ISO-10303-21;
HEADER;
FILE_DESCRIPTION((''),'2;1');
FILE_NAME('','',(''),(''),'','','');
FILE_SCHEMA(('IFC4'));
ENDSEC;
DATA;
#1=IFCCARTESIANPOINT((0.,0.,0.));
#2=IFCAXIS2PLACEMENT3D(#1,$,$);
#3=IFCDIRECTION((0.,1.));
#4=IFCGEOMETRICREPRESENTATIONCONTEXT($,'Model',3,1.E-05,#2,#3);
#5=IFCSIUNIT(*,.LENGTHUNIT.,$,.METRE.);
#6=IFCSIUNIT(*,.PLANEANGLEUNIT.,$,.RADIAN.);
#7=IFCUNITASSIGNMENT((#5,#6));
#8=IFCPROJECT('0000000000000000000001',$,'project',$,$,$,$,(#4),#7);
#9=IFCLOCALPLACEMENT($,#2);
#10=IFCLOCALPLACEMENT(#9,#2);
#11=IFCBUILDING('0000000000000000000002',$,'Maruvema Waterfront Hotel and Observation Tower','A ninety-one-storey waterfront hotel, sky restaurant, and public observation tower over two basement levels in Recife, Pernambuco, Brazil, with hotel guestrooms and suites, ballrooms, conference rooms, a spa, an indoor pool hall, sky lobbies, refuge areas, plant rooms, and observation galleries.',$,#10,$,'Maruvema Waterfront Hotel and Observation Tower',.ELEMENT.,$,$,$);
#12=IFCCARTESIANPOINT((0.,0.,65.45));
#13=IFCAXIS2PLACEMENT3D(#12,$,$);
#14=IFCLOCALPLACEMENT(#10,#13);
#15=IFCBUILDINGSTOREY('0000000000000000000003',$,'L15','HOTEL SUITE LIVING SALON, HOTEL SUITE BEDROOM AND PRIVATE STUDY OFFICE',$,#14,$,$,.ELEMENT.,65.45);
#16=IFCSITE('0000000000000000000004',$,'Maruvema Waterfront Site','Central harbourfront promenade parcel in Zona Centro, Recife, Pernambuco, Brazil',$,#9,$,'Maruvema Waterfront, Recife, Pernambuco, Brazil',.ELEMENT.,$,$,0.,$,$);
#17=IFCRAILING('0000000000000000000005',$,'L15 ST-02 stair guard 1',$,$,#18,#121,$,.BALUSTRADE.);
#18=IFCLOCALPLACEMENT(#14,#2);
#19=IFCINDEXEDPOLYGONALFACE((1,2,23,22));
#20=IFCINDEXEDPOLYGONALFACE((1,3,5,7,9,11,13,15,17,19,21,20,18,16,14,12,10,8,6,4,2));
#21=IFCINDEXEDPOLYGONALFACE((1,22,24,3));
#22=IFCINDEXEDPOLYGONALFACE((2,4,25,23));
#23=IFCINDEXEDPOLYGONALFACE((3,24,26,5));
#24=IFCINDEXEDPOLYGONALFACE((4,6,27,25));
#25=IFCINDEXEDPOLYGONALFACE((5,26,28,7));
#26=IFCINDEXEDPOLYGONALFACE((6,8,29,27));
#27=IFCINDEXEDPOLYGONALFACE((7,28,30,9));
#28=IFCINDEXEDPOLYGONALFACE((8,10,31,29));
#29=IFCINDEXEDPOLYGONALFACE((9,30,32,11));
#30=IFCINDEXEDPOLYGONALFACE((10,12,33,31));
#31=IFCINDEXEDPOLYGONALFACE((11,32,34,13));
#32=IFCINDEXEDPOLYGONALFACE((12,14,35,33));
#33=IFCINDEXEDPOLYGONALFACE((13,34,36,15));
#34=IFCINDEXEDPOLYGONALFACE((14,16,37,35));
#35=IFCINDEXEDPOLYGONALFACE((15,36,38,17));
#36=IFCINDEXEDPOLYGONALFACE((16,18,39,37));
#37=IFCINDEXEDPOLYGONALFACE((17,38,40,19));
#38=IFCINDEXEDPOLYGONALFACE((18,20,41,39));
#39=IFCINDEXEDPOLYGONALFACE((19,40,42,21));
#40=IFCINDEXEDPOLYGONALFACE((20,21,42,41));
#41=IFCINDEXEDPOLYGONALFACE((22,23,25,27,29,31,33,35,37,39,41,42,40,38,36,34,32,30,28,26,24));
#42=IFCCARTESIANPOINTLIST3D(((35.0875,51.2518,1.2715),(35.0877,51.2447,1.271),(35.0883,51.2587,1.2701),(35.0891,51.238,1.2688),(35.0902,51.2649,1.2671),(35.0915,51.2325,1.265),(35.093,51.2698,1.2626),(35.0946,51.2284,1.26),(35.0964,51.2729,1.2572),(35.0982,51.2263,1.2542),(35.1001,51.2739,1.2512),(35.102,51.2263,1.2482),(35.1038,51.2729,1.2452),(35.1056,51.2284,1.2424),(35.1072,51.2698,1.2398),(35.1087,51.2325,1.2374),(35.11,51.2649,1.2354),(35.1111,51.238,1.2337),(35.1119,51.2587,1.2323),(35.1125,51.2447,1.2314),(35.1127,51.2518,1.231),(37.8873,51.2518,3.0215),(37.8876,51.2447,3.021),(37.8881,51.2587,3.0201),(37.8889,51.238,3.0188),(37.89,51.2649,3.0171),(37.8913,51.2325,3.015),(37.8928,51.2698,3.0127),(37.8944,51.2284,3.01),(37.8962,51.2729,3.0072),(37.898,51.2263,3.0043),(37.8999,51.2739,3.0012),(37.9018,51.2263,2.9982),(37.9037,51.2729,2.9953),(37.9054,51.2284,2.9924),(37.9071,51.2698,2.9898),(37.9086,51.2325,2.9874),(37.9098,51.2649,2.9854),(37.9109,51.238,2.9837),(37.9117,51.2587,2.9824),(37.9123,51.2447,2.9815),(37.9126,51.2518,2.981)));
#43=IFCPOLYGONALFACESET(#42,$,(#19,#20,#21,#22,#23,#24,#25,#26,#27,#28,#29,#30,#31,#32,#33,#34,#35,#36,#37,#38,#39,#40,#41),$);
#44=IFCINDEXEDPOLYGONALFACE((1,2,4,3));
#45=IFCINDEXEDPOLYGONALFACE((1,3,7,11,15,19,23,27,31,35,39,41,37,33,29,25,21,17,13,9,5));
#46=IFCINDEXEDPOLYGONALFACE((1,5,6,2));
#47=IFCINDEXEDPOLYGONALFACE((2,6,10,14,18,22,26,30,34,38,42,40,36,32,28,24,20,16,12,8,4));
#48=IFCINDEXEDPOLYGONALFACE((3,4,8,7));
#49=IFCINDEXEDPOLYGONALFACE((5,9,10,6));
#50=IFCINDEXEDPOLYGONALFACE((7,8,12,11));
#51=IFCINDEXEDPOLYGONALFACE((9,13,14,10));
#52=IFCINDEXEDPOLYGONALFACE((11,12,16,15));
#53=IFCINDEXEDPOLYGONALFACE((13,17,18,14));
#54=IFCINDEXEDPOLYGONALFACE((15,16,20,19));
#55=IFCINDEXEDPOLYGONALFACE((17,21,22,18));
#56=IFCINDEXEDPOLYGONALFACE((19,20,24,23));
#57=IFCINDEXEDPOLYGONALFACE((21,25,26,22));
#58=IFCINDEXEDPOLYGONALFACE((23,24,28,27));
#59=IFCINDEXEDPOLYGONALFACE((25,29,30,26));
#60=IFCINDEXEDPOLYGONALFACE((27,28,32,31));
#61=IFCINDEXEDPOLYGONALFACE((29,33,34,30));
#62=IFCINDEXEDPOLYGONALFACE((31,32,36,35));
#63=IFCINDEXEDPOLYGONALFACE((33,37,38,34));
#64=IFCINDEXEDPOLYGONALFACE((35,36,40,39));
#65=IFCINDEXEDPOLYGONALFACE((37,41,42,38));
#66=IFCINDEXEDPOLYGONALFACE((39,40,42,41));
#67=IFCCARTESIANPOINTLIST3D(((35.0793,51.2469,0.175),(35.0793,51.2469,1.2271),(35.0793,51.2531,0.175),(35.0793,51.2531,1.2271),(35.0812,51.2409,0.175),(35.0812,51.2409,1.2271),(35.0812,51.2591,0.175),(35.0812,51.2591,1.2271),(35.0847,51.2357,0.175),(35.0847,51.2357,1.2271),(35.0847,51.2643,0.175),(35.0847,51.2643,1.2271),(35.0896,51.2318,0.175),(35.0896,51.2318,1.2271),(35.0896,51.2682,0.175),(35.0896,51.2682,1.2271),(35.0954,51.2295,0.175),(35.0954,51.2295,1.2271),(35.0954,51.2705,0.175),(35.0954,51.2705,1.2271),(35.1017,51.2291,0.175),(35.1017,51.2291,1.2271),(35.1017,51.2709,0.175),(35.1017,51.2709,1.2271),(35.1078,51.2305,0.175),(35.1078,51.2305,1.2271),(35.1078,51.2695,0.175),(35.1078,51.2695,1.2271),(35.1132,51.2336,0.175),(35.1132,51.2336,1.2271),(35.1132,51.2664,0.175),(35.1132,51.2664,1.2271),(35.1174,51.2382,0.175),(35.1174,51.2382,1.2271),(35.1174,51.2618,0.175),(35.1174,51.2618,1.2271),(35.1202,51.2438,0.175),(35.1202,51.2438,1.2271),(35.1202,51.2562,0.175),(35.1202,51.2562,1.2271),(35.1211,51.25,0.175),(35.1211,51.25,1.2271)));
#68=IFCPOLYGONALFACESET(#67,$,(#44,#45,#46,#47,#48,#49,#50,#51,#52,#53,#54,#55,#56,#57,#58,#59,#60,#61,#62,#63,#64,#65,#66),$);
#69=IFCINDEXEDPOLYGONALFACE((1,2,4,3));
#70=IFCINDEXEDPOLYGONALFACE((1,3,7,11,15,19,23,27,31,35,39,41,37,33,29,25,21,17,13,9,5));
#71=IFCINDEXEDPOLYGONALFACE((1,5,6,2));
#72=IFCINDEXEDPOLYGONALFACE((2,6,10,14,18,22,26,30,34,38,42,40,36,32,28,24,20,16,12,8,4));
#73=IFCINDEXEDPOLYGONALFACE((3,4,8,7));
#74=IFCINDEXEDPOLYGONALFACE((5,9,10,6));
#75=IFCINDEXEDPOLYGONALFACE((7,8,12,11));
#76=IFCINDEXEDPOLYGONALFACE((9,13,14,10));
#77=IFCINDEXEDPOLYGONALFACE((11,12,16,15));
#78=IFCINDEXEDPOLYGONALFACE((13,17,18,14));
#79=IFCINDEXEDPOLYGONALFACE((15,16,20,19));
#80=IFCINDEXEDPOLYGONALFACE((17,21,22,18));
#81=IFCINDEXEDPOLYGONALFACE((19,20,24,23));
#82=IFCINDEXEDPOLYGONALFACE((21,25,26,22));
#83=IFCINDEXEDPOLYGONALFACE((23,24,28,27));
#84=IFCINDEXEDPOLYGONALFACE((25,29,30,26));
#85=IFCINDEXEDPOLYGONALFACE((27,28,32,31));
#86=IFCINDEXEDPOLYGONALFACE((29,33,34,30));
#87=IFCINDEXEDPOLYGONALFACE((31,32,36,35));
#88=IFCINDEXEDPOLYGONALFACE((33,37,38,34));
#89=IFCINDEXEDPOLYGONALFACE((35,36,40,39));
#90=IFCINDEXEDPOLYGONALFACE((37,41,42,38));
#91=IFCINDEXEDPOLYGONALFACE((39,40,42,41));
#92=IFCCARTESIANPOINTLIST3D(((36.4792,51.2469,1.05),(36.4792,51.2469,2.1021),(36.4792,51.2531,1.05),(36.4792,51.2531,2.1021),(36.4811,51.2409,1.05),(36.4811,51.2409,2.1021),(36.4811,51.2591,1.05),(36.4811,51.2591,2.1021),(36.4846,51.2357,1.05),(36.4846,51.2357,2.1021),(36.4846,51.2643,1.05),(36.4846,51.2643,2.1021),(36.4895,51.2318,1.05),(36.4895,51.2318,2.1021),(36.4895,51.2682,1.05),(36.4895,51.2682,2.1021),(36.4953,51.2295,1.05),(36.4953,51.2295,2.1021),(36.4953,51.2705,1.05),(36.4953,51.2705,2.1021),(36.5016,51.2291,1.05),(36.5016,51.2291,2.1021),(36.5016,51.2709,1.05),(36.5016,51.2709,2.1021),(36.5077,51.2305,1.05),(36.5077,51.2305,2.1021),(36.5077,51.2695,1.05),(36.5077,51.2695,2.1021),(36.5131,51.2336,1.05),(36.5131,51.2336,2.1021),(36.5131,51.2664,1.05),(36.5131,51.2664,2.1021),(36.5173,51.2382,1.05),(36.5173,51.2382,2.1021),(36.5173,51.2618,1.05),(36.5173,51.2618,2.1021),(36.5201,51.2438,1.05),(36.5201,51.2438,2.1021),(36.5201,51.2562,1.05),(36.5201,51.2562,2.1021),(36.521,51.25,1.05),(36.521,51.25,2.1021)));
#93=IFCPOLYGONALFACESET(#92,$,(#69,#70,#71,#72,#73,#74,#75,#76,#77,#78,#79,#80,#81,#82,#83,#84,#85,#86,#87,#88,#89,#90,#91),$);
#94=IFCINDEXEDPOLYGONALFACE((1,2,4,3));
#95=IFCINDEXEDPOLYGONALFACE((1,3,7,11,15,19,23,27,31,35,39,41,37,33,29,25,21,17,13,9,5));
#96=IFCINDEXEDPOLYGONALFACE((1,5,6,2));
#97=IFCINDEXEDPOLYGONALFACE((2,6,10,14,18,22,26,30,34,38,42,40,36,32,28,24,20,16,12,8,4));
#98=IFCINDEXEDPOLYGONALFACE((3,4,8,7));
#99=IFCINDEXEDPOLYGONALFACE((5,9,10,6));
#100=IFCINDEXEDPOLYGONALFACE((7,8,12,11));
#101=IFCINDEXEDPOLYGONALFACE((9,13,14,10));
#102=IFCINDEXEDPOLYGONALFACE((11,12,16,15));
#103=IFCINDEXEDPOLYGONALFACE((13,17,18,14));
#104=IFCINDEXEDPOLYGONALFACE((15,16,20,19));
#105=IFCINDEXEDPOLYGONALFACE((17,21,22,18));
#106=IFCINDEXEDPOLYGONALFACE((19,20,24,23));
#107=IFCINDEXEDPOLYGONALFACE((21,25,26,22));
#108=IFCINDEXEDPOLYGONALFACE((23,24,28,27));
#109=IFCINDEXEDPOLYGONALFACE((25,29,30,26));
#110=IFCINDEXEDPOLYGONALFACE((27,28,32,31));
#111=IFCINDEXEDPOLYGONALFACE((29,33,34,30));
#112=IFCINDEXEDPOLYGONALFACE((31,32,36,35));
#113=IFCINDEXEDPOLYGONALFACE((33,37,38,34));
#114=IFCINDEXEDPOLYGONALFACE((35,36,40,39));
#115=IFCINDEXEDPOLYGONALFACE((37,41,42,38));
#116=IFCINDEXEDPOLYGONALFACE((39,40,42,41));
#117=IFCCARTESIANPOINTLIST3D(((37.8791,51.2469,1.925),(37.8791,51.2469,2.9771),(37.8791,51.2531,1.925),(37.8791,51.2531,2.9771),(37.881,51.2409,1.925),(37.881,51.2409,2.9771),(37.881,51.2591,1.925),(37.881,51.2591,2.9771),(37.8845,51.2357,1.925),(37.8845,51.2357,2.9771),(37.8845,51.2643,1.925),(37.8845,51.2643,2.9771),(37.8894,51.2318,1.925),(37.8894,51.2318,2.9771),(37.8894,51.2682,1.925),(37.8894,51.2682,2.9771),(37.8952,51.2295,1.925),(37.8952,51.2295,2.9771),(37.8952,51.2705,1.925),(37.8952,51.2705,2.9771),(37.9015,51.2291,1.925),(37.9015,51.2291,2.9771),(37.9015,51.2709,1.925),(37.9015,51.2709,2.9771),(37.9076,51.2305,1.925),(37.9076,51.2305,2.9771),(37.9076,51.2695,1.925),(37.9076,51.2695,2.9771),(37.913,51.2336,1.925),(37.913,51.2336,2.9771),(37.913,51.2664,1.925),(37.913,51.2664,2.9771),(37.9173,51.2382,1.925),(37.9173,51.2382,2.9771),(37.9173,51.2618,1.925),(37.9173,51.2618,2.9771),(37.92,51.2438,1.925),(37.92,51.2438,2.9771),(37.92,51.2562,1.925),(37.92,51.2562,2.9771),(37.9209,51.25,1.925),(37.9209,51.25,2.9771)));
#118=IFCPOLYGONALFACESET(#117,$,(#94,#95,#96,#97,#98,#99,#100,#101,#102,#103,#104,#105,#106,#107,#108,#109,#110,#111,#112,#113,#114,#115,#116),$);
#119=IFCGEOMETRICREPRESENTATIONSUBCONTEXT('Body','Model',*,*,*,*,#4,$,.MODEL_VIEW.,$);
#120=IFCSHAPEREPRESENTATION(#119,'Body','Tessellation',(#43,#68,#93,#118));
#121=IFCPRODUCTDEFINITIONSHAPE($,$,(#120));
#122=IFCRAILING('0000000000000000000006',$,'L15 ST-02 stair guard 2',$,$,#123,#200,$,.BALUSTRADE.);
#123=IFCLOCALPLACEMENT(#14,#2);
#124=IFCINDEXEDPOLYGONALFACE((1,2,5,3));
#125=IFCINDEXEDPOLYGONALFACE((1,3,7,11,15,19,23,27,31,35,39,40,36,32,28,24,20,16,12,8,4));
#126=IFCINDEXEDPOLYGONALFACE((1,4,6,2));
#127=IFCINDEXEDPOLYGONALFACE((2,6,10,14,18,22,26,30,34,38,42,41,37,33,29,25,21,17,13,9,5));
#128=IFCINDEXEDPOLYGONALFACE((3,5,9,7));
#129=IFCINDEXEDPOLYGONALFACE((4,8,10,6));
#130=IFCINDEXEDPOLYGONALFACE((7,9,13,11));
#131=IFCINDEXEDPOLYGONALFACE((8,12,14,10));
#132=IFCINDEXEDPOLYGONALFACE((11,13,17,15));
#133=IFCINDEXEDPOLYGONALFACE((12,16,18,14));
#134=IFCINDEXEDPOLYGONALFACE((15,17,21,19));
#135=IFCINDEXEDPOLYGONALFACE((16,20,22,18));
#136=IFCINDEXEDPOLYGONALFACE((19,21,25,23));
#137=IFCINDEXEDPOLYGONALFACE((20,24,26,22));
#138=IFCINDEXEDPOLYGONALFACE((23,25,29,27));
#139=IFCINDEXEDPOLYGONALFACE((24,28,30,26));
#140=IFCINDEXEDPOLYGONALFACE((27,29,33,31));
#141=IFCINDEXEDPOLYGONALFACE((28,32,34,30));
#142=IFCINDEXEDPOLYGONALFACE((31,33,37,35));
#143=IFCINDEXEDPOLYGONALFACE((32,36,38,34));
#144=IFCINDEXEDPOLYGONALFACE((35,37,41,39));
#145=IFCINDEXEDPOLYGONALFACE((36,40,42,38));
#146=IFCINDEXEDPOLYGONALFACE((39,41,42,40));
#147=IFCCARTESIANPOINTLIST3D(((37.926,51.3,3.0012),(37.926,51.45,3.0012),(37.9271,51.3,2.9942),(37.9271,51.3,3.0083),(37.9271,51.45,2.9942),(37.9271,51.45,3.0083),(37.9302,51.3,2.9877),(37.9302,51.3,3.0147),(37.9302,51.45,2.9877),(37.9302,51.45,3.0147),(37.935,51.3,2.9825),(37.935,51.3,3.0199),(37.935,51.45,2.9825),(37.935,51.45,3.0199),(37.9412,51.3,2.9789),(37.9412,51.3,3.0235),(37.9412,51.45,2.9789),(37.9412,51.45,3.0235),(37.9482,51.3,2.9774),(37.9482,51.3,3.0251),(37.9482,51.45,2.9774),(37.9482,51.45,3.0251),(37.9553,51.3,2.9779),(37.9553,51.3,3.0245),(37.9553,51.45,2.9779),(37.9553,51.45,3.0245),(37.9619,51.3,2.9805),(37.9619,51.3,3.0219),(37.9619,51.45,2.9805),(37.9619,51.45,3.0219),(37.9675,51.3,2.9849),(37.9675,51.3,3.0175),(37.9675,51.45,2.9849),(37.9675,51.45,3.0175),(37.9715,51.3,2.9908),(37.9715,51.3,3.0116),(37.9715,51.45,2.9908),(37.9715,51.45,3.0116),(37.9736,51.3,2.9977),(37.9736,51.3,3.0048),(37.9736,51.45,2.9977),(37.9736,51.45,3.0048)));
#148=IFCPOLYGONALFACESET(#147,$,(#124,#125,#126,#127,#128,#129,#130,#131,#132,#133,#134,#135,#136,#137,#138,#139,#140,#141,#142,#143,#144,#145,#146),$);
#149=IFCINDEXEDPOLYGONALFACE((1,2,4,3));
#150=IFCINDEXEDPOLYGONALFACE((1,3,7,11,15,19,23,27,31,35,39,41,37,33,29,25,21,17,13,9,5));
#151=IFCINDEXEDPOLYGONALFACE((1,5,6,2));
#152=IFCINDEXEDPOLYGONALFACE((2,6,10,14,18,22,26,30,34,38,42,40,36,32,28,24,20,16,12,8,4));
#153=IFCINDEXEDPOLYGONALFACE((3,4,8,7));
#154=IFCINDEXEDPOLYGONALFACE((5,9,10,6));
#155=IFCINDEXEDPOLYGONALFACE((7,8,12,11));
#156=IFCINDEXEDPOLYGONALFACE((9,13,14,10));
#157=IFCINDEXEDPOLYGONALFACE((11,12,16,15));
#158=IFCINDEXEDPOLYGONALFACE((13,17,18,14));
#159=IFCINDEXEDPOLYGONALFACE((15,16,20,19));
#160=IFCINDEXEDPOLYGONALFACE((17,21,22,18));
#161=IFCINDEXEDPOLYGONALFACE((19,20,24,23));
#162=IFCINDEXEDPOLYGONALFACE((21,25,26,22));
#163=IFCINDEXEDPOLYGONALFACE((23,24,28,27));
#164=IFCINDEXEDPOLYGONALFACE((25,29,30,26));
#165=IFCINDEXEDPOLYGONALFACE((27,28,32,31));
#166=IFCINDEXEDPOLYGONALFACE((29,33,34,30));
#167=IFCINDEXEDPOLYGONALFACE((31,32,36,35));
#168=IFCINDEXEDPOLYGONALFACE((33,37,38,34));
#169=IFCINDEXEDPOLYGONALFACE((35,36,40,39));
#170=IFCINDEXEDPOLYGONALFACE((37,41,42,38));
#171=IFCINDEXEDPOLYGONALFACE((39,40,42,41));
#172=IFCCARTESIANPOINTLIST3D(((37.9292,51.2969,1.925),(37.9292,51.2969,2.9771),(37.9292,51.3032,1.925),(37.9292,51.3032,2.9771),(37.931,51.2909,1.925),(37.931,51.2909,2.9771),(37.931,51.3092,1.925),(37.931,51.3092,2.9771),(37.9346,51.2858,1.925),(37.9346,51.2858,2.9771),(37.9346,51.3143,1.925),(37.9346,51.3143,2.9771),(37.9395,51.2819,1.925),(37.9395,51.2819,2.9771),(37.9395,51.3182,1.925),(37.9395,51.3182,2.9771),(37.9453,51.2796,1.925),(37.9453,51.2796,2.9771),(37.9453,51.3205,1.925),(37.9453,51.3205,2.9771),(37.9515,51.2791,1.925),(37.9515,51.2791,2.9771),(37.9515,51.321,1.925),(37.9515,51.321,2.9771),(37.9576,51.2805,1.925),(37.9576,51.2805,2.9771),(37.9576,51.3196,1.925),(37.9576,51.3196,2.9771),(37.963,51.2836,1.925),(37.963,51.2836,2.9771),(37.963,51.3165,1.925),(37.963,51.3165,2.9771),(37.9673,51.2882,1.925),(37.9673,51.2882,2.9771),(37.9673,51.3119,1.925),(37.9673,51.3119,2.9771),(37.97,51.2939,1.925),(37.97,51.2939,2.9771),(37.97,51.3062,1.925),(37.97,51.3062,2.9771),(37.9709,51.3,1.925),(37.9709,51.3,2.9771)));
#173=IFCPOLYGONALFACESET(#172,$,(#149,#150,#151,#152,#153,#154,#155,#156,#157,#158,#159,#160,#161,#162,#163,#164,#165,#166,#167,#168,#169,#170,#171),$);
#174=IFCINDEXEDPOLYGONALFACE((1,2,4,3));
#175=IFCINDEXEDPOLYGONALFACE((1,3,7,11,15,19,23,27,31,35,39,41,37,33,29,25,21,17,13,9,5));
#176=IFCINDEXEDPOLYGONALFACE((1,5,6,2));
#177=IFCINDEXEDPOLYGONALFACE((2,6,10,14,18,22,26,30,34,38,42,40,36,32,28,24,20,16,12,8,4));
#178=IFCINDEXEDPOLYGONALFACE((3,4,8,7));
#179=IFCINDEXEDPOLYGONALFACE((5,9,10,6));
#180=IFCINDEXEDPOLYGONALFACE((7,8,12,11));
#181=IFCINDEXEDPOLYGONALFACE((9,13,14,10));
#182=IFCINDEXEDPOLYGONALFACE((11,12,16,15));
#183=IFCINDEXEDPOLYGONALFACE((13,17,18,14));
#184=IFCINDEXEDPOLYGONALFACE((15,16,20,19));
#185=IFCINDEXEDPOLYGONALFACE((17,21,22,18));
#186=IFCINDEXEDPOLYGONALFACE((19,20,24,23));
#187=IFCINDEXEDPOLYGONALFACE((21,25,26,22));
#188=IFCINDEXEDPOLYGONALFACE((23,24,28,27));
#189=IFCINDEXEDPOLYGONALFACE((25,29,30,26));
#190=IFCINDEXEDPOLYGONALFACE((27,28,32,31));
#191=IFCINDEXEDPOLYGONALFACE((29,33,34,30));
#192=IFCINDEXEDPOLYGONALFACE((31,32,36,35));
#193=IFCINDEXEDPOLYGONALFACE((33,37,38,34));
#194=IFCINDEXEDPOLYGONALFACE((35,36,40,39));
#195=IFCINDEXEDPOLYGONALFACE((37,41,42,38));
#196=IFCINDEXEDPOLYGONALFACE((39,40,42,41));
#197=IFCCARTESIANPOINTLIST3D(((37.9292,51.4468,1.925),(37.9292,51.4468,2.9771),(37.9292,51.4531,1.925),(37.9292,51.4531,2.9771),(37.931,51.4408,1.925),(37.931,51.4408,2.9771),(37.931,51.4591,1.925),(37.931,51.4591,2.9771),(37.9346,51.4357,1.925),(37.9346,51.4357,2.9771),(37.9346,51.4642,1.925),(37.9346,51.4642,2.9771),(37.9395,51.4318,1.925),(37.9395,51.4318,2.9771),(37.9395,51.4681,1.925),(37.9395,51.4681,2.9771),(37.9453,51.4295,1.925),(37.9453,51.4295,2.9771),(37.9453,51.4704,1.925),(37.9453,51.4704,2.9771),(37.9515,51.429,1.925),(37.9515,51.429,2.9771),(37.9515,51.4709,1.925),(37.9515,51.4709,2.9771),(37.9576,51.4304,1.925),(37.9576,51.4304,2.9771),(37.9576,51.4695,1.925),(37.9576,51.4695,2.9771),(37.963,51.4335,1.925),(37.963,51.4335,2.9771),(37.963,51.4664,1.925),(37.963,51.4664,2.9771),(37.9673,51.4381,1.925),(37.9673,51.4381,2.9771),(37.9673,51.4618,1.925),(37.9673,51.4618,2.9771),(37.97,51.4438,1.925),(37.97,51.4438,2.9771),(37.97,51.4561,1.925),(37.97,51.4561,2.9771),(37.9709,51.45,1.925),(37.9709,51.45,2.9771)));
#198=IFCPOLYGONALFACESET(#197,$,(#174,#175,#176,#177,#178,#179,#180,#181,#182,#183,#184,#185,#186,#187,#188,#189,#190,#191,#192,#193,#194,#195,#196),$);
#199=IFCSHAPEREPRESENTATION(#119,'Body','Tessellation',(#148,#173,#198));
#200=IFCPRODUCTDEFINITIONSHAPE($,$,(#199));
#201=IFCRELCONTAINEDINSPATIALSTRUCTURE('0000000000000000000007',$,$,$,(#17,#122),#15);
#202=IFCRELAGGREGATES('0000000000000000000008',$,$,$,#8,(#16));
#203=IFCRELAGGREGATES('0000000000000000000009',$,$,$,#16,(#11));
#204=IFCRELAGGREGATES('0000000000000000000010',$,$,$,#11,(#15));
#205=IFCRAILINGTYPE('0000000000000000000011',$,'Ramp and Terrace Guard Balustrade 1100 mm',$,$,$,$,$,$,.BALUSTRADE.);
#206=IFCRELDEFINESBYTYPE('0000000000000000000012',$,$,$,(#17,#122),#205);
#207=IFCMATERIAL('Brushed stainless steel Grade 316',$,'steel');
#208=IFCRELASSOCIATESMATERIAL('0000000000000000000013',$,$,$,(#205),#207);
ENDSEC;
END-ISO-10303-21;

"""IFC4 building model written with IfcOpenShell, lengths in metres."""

from ifc_helpers import new_model, si_unit, direction, frame, origin, origin_2d, place, context, subcontext, project, spatial, circle, extrude, material, type_object, element, save


model = new_model("IFC4")

# Units and contexts
model_context = context("Model", 3, precision=1e-05, world=origin(), true_north=direction((0.0, 1.0)))
body_context = subcontext(model_context, "Body", "Model", "MODEL_VIEW")
ifc_project = project(units=[si_unit("LENGTHUNIT", "METRE"), si_unit("PLANEANGLEUNIT", "RADIAN")], contexts=[model_context])

# Site, building, storey
site_placement = place(None, origin())
site = spatial("IfcSite", under=ifc_project, at=site_placement, Name="Maruvema Waterfront Site", Description="Central harbourfront promenade parcel in Zona Centro, Recife, Pernambuco, Brazil", LongName="Maruvema Waterfront, Recife, Pernambuco, Brazil", CompositionType="ELEMENT", RefElevation=0.0)
building_placement = place(site_placement, origin())
building = spatial("IfcBuilding", under=site, at=building_placement, Name="Maruvema Waterfront Hotel and Observation Tower", Description="A ninety-one-storey waterfront hotel, sky restaurant, and public observation tower over two basement levels in Recife, Pernambuco, Brazil, with hotel guestrooms and suites, ballrooms, conference rooms, a spa, an indoor pool hall, sky lobbies, refuge areas, plant rooms, and observation galleries.", LongName="Maruvema Waterfront Hotel and Observation Tower", CompositionType="ELEMENT")
storey_placement = place(building_placement, frame((0.0, 0.0, 65.45)))
storey = spatial("IfcBuildingStorey", under=building, at=storey_placement, Name="L15", Description="HOTEL SUITE LIVING SALON, HOTEL SUITE BEDROOM AND PRIVATE STUDY OFFICE", CompositionType="ELEMENT", Elevation=65.45)

# Railings
ifc_material_1 = material(Name="Brushed stainless steel Grade 316", Category="steel")
railing_type_1 = type_object("IfcRailingType", Name="Ramp and Terrace Guard Balustrade 1100 mm", PredefinedType="BALUSTRADE", material=ifc_material_1)
railing_1_placement = place(storey_placement, frame((35.1001, 51.25, 0.175)))
element("IfcRailing", 1, at=railing_1_placement, inside=storey, type_object=railing_type_1, Name="L15 ST-02 stair guard 1", PredefinedType="BALUSTRADE", context=body_context, shape_type="SweptSolid", body=[
    extrude(circle(Radius=0.0239, at=origin_2d()), frame((0.0, 0.0, 1.0762), z_axis=(0.847982, 0.0, 0.530026), x_axis=(0.0, 1.0, 0.0)), (0.0, 0.0, 1.0), 3.3018),
    extrude(circle(Radius=0.021, at=origin_2d()), origin(), (0.0, 0.0, 1.0), 1.052),
    extrude(circle(Radius=0.021, at=origin_2d()), frame((1.3999, 0.0, 0.875)), (0.0, 0.0, 1.0), 1.052),
    extrude(circle(Radius=0.021, at=origin_2d()), frame((2.7998, 0.0, 1.75)), (0.0, 0.0, 1.0), 1.052),
])
railing_2_placement = place(storey_placement, frame((37.95, 51.3, 1.925)))
element("IfcRailing", 2, at=railing_2_placement, inside=storey, type_object=railing_type_1, Name="L15 ST-02 stair guard 2", PredefinedType="BALUSTRADE", context=body_context, shape_type="SweptSolid", body=[
    extrude(circle(Radius=0.0239, at=origin_2d()), frame((0.0, 0.0, 1.0762), z_axis=(0.0, 1.0, 0.0), x_axis=(-1.0, 0.0, 0.0)), (0.0, 0.0, 1.0), 0.1499),
    extrude(circle(Radius=0.021, at=origin_2d()), origin(), (0.0, 0.0, 1.0), 1.052),
    extrude(circle(Radius=0.021, at=origin_2d()), frame((0.0, 0.1499, 0.0)), (0.0, 0.0, 1.0), 1.052),
])

save(model, "model.ifc")
